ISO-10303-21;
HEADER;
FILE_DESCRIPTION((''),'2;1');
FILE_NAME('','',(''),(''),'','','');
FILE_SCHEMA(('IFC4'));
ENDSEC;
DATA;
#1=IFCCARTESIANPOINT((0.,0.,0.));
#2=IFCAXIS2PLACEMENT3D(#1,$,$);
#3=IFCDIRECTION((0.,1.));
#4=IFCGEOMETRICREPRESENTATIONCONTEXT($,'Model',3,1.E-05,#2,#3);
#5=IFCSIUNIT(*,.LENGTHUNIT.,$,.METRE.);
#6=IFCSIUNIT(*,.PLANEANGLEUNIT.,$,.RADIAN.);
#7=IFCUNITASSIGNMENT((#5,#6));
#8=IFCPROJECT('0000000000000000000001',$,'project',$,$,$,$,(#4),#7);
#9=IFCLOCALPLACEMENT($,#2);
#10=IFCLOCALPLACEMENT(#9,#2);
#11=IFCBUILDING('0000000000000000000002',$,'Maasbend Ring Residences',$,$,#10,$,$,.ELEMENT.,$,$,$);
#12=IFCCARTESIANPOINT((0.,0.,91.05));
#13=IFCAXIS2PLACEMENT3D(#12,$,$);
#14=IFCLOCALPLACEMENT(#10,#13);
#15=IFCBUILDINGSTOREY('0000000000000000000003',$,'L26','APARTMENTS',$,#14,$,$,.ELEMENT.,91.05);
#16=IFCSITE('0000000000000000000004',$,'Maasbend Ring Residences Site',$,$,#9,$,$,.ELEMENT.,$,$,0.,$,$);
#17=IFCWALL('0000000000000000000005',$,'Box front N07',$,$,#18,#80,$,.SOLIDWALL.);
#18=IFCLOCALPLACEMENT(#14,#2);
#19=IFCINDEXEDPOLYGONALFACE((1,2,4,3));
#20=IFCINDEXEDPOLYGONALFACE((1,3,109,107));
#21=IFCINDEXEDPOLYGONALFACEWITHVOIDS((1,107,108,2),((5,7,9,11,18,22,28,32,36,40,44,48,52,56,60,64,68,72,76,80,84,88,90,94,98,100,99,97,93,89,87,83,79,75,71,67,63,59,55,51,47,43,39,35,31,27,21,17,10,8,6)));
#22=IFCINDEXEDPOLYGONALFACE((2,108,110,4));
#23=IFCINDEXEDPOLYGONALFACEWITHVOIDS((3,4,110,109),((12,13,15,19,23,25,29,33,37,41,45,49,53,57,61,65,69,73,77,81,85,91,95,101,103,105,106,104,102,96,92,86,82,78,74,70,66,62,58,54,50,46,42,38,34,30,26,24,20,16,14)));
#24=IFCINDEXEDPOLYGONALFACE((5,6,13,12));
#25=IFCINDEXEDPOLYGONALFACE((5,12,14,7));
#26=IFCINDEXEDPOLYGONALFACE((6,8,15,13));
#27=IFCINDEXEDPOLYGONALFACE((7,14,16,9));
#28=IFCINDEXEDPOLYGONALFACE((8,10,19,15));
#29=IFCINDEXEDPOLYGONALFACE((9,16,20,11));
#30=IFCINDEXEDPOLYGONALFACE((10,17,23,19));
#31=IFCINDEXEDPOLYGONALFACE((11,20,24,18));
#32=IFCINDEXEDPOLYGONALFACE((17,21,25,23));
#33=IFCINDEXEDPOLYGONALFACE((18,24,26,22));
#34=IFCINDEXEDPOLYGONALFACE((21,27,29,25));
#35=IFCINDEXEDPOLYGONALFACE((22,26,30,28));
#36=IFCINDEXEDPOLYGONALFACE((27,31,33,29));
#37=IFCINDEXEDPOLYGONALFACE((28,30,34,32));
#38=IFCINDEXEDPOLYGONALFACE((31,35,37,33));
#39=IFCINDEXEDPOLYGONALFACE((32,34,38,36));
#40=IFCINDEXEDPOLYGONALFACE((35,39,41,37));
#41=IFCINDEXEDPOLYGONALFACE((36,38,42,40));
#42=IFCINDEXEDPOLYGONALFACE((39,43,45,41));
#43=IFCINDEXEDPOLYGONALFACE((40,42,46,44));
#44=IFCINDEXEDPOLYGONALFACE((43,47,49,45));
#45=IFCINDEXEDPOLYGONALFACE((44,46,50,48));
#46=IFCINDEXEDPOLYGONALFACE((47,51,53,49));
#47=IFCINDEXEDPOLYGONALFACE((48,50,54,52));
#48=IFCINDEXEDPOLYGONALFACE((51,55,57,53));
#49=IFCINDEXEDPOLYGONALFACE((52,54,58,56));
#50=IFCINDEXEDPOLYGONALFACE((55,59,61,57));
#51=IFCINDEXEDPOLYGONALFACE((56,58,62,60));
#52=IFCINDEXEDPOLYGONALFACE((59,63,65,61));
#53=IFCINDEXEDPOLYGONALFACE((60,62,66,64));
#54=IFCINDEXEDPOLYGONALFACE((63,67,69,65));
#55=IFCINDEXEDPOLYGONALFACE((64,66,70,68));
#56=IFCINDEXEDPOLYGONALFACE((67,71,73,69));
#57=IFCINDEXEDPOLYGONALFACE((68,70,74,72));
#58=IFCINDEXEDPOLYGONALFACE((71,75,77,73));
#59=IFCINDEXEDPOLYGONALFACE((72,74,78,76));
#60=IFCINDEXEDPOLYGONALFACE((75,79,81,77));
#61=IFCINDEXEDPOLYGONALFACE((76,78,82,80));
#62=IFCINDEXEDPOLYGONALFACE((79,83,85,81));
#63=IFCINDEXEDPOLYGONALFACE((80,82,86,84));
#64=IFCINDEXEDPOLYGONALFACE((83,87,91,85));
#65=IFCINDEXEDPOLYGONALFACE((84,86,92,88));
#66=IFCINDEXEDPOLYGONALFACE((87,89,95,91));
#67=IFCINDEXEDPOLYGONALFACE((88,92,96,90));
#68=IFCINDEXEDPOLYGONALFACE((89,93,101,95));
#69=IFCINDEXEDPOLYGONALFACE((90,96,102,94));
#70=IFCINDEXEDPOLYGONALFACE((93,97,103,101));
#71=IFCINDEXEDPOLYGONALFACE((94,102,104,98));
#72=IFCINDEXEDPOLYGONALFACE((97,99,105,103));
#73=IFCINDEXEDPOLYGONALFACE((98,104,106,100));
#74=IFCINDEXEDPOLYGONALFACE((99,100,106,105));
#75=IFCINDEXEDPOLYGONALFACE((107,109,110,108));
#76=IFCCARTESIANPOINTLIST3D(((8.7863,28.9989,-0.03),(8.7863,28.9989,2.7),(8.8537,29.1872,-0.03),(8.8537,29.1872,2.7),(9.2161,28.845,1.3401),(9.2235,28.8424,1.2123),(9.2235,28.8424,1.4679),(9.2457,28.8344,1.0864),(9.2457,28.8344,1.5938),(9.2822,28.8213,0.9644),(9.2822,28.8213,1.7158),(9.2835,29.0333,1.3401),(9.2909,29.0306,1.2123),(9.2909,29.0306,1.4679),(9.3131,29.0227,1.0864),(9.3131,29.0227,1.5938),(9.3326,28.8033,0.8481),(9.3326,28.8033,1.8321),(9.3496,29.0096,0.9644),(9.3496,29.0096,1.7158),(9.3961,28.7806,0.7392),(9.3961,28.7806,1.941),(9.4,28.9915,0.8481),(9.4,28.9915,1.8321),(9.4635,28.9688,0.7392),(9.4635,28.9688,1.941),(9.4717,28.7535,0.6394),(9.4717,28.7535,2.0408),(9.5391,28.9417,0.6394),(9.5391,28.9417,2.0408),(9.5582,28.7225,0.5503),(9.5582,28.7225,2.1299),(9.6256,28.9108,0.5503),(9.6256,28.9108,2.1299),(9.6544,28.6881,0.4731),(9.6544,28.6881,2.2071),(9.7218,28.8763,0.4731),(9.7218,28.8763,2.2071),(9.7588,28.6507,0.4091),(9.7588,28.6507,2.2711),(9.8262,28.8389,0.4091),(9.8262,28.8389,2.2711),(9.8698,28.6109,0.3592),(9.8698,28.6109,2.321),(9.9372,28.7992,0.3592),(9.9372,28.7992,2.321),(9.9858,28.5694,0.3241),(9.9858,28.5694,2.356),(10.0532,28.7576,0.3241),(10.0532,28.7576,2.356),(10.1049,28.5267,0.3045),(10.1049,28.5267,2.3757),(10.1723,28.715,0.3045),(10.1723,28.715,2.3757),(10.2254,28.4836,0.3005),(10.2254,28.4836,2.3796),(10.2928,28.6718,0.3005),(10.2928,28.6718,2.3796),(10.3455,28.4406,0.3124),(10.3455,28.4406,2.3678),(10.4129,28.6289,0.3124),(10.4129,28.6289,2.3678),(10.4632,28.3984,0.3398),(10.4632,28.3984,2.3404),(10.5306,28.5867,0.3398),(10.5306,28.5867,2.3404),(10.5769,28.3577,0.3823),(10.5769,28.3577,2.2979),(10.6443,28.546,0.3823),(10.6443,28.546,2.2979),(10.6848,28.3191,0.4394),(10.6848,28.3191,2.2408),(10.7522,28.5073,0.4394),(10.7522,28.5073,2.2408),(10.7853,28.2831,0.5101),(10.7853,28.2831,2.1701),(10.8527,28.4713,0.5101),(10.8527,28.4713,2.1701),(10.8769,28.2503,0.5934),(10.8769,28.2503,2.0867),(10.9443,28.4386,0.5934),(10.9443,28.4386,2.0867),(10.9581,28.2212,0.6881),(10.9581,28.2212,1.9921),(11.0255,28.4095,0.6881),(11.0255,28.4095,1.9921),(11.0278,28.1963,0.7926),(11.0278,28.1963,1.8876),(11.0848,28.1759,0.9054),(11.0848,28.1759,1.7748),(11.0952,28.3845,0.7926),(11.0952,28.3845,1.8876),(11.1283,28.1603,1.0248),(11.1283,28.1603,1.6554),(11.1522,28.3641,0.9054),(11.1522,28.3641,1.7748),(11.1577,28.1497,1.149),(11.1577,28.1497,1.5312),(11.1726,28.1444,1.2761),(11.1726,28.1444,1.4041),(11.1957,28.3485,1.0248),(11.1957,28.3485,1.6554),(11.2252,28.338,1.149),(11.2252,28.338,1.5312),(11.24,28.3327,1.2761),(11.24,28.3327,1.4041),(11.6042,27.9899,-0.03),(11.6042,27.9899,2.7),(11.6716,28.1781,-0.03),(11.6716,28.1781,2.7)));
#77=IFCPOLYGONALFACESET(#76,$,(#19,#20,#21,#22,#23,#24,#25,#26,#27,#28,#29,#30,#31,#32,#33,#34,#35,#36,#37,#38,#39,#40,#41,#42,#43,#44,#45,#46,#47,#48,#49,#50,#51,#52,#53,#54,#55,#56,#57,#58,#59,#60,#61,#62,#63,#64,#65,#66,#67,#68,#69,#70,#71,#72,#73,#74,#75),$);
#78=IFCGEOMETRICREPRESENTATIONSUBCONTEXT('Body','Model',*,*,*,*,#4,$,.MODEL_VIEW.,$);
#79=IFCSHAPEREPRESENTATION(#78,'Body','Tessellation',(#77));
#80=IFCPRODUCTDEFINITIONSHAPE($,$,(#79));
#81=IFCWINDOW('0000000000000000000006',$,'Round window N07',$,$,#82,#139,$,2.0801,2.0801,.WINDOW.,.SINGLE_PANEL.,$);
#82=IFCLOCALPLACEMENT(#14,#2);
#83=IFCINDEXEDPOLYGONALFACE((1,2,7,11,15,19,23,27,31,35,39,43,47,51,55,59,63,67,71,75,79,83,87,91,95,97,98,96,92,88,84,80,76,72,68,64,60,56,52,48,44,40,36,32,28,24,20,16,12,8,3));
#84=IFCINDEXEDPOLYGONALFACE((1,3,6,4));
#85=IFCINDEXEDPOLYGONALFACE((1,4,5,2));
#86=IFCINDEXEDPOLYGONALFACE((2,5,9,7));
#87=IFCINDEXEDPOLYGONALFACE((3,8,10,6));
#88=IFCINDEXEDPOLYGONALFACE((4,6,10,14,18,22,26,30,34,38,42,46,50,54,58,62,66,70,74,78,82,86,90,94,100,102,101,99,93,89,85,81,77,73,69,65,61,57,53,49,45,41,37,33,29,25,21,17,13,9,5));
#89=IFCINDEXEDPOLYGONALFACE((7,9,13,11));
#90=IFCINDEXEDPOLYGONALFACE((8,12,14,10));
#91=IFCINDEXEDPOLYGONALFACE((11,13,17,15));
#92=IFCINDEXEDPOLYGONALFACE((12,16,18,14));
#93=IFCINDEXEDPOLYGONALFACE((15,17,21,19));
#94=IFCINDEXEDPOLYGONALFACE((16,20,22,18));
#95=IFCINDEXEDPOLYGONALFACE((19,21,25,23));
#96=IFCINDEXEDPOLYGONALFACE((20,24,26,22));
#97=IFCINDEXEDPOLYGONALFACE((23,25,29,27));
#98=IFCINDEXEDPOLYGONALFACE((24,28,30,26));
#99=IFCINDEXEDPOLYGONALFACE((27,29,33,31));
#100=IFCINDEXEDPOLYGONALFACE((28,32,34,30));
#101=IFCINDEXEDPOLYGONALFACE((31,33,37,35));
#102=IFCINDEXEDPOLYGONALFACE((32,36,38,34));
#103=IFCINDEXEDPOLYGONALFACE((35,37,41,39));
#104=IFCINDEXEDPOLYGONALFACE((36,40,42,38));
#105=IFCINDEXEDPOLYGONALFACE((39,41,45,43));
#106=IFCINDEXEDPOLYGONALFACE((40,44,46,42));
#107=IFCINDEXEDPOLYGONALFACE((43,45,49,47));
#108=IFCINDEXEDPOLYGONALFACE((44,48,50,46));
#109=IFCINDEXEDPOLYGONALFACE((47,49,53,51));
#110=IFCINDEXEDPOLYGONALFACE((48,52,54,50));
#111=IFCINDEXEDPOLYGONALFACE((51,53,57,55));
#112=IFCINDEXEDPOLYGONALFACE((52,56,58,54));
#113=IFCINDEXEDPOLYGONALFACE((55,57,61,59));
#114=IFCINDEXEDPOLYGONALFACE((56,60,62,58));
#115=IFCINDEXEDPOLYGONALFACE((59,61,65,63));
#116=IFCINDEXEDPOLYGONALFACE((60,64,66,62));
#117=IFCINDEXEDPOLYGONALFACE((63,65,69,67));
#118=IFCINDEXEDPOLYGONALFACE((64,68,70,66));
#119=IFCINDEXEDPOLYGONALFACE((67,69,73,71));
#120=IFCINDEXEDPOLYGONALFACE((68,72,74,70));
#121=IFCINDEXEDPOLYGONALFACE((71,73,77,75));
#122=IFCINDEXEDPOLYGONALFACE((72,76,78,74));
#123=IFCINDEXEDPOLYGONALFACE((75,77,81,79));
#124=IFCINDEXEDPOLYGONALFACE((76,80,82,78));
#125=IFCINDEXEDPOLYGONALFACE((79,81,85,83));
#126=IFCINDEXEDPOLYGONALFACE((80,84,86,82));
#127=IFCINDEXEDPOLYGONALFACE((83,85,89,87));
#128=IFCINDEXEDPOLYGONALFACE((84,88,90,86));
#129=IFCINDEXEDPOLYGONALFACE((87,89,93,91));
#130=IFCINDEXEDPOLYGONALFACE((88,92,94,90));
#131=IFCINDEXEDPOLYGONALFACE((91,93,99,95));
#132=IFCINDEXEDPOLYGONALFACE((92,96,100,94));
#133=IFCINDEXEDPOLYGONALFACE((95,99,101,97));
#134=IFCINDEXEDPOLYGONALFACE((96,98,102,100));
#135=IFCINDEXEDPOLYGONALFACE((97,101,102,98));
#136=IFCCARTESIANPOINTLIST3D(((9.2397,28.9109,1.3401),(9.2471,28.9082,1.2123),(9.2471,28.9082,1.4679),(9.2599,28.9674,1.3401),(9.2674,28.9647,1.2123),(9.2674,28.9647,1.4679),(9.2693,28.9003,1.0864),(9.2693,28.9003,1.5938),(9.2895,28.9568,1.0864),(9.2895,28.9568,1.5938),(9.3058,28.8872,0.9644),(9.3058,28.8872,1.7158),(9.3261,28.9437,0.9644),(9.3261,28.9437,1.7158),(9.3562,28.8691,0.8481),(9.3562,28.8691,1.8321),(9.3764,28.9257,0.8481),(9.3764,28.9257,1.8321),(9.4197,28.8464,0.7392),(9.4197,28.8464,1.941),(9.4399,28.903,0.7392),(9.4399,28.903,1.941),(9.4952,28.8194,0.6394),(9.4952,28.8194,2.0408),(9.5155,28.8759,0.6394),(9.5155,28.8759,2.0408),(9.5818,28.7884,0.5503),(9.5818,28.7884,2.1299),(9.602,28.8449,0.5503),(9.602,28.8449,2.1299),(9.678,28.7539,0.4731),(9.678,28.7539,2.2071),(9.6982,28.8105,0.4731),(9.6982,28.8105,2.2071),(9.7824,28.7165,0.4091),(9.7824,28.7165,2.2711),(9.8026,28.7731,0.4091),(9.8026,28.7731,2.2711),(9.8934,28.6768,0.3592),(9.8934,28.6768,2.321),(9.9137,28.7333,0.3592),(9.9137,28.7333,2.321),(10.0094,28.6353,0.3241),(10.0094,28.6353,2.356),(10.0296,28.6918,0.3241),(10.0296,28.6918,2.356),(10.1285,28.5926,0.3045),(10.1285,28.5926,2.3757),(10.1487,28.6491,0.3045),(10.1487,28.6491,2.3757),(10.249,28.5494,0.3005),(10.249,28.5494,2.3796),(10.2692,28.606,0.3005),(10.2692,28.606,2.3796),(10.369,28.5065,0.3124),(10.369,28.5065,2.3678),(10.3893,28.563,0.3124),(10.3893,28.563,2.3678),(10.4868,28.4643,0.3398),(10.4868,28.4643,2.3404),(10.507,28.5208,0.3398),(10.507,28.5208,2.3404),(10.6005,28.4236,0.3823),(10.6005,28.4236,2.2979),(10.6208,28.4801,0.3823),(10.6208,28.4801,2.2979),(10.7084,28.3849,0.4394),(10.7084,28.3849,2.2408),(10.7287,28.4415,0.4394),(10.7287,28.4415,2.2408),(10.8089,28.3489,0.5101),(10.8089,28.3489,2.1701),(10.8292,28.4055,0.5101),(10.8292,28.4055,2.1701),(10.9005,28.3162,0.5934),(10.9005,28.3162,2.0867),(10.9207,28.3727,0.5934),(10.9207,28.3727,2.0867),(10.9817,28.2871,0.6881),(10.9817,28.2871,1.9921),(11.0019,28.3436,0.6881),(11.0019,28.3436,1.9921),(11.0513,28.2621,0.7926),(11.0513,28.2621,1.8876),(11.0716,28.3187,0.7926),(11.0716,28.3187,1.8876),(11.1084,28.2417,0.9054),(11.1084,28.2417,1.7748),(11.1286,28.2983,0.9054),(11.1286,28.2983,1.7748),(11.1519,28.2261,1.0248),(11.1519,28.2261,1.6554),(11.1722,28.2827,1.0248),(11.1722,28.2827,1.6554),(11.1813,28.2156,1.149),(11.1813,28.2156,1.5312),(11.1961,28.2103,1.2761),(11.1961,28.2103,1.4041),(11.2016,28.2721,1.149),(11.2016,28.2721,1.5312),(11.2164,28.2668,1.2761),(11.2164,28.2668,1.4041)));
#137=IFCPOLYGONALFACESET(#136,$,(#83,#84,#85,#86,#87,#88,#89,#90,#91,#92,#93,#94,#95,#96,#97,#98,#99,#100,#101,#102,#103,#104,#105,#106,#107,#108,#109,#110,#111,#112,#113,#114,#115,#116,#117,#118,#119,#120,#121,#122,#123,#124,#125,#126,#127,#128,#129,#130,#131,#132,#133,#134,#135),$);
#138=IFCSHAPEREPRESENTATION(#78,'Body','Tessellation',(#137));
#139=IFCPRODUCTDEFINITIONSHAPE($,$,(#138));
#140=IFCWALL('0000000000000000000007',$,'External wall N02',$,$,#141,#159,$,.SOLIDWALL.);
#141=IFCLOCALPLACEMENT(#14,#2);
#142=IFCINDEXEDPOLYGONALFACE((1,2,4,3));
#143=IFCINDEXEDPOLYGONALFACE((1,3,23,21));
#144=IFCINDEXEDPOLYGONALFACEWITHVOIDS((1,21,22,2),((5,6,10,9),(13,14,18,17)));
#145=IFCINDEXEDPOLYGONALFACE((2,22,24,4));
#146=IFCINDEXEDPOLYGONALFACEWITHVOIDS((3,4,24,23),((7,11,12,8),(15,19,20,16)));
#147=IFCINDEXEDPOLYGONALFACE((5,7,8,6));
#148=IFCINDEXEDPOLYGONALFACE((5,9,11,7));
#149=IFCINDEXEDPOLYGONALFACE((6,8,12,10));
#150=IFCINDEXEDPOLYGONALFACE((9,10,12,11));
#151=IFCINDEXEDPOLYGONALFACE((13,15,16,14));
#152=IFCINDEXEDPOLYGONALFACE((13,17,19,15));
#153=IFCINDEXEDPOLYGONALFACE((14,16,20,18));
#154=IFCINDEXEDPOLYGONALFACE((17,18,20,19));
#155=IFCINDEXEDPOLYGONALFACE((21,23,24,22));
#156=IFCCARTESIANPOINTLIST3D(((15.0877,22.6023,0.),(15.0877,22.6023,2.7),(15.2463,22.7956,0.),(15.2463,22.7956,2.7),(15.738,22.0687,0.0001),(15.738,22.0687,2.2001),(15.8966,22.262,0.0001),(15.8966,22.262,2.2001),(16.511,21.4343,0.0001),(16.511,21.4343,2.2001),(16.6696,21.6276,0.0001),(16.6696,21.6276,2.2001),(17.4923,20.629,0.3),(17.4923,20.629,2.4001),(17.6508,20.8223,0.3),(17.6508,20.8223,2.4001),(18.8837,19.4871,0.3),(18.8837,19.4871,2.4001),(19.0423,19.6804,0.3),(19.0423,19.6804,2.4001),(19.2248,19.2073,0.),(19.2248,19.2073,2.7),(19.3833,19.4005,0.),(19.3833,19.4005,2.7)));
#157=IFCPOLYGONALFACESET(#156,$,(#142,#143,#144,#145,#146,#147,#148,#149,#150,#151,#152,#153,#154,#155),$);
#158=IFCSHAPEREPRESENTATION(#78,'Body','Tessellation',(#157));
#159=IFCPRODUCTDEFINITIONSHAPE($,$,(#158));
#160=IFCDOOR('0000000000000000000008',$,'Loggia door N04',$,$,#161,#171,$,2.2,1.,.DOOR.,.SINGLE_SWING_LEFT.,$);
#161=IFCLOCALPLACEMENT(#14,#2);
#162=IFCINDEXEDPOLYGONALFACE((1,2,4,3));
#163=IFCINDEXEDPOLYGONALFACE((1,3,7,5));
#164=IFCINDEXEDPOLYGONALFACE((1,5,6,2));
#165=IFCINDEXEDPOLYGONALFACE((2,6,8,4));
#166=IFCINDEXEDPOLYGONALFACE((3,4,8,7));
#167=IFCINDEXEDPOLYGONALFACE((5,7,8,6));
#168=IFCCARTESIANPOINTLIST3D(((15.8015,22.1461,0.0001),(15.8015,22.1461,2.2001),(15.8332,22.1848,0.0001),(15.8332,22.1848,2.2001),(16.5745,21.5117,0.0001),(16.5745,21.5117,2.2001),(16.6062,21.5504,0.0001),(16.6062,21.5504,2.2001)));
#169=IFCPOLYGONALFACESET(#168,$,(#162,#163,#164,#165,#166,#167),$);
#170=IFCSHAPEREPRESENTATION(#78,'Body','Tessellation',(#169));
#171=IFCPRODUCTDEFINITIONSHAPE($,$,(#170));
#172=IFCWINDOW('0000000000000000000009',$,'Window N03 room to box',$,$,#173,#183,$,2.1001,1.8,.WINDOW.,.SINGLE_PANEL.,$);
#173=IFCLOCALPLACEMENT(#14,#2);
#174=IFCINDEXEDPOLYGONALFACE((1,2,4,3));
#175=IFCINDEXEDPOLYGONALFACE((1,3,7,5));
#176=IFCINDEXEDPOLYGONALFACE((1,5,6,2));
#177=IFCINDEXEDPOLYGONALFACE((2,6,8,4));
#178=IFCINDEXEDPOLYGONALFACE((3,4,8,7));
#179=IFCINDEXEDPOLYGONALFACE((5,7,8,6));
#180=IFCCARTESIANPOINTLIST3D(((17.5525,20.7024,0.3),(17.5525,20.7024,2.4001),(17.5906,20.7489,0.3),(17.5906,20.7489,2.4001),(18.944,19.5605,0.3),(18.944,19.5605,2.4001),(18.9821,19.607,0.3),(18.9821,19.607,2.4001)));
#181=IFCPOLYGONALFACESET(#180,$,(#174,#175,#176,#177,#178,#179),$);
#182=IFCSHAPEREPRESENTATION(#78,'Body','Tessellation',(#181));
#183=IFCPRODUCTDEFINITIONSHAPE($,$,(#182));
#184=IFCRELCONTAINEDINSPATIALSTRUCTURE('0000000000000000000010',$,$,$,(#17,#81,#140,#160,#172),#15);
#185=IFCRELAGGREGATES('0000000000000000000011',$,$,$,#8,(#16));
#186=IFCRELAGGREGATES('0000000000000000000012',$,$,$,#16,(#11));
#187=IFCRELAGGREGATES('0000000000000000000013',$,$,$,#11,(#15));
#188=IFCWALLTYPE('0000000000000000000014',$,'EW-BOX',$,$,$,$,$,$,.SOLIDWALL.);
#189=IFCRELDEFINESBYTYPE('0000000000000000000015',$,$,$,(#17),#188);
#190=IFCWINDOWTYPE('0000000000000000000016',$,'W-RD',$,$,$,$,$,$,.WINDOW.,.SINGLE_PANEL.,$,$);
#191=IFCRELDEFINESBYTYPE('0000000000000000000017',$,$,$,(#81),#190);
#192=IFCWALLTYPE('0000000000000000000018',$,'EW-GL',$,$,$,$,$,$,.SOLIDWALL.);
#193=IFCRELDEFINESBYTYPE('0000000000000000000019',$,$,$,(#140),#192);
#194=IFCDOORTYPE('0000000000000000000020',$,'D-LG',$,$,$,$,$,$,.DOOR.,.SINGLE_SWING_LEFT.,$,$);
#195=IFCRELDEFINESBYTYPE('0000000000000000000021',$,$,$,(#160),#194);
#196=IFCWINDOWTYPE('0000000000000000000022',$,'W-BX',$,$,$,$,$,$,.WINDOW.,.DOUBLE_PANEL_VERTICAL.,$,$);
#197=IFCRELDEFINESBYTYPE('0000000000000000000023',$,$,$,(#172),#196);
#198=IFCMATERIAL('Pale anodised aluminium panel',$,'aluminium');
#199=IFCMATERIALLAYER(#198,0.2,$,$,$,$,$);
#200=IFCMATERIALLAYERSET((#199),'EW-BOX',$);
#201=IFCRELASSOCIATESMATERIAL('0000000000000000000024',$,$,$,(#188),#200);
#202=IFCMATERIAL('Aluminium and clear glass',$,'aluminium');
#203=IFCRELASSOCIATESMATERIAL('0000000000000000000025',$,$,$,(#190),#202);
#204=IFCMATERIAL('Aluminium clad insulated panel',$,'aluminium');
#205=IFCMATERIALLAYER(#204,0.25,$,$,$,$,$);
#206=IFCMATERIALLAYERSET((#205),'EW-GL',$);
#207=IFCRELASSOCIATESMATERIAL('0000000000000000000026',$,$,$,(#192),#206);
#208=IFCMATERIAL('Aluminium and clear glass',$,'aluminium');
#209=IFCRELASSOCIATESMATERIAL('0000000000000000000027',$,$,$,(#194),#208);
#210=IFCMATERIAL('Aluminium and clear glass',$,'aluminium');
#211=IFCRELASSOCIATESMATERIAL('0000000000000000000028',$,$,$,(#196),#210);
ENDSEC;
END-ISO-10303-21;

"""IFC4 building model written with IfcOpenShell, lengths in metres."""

from ifc_helpers import new_model, si_unit, direction, frame, frame_2d, origin, place, context, subcontext, project, spatial, rectangle, circle, extrude, material, layer, layer_set, type_object, element, fill, save


model = new_model("IFC4")

# Units and contexts
model_context = context("Model", 3, precision=1e-05, world=origin(), true_north=direction((0.0, 1.0)))
body_context = subcontext(model_context, "Body", "Model", "MODEL_VIEW")
ifc_project = project(units=[si_unit("LENGTHUNIT", "METRE"), si_unit("PLANEANGLEUNIT", "RADIAN")], contexts=[model_context])

# Site, building, storey
site_placement = place(None, origin())
site = spatial("IfcSite", under=ifc_project, at=site_placement, Name="Maasbend Ring Residences Site", CompositionType="ELEMENT", RefElevation=0.0)
building_placement = place(site_placement, origin())
building = spatial("IfcBuilding", under=site, at=building_placement, Name="Maasbend Ring Residences", CompositionType="ELEMENT")
storey_placement = place(building_placement, frame((0.0, 0.0, 91.05)))
storey = spatial("IfcBuildingStorey", under=building, at=storey_placement, Name="L26", Description="APARTMENTS", CompositionType="ELEMENT", Elevation=91.05)

# Shared definitions
ifc_material_1 = material(Name="Pale anodised aluminium panel", Category="aluminium")
ifc_layer_1 = layer(ifc_material_1, 0.2)
ifc_layer_set_1 = layer_set([ifc_layer_1], Name="EW-BOX")
wall_type_1 = type_object("IfcWallType", Name="EW-BOX", PredefinedType="SOLIDWALL", material=ifc_layer_set_1)
ifc_material_2 = material(Name="Aluminium and clear glass", Category="aluminium")
window_type_1 = type_object("IfcWindowType", Name="W-RD", PartitioningType="SINGLE_PANEL", PredefinedType="WINDOW", material=ifc_material_2)

# Wall, opening, window
wall_1_placement = place(storey_placement, frame((11.6379, 28.084, -0.03), z_axis=(0.0, 0.0, 1.0), x_axis=(-0.941461, 0.337122, 0.0)))
wall_1 = element("IfcWall", 1, at=wall_1_placement, inside=storey, type_object=wall_type_1, Name="Box front N07", PredefinedType="SOLIDWALL", context=body_context, shape_type="SweptSolid", body=[
    extrude(rectangle(XDim=2.9932, YDim=0.2, at=frame_2d((1.4966, 0.0))), origin(), (0.0, 0.0, 1.0), 2.73),
])
opening_1_placement = place(wall_1_placement, frame((0.4565, 0.0, 0.3301)))
opening_1 = element("IfcOpeningElement", 2, at=opening_1_placement, cuts=wall_1, PredefinedType="OPENING", context=body_context, shape_type="SweptSolid", body=[
    extrude(circle(Radius=1.04, at=frame_2d((1.04, 1.04))), frame((0.0, 0.1099, 0.0), z_axis=(0.0, -1.0, 0.0), x_axis=(1.0, 0.0, 0.0)), (0.0, 0.0, 1.0), 0.22),
])
window_1_placement = place(opening_1_placement, origin())
window_1 = element("IfcWindow", 3, at=window_1_placement, inside=storey, type_object=window_type_1, Name="Round window N07", OverallHeight=2.0801, OverallWidth=2.0801, PartitioningType="SINGLE_PANEL", PredefinedType="WINDOW", context=body_context, shape_type="SweptSolid", body=[
    extrude(circle(Radius=1.04, at=frame_2d((1.04, 1.04))), frame((0.0, 0.03, 0.0), z_axis=(0.0, -1.0, 0.0), x_axis=(1.0, 0.0, 0.0)), (0.0, 0.0, 1.0), 0.0601),
])
fill(opening_1, window_1)

# Wall, openings, door, window
ifc_material_3 = material(Name="Aluminium clad insulated panel", Category="aluminium")
ifc_layer_2 = layer(ifc_material_3, 0.25)
ifc_layer_set_2 = layer_set([ifc_layer_2], Name="EW-GL")
wall_type_2 = type_object("IfcWallType", Name="EW-GL", PredefinedType="SOLIDWALL", material=ifc_layer_set_2)
wall_2_placement = place(storey_placement, frame((19.304, 19.304, 0.0), z_axis=(0.0, 0.0, 1.0), x_axis=(-0.773019, 0.634382, 0.0)))
wall_2 = element("IfcWall", 4, at=wall_2_placement, inside=storey, type_object=wall_type_2, Name="External wall N02", PredefinedType="SOLIDWALL", context=body_context, shape_type="SweptSolid", body=[
    extrude(rectangle(XDim=5.3518, YDim=0.25, at=frame_2d((2.6758, 0.0))), origin(), (0.0, 0.0, 1.0), 2.7),
])
opening_2_placement = place(wall_2_placement, frame((0.4412, 0.0, 0.3)))
opening_2 = element("IfcOpeningElement", 5, at=opening_2_placement, cuts=wall_2, PredefinedType="OPENING", context=body_context, shape_type="SweptSolid", body=[
    extrude(rectangle(XDim=1.8, YDim=2.1001, at=frame_2d((0.8999, 1.05))), frame((0.0, 0.135, 0.0), z_axis=(0.0, -1.0, 0.0), x_axis=(1.0, 0.0, 0.0)), (0.0, 0.0, 1.0), 0.27),
])
opening_3_placement = place(wall_2_placement, frame((3.5105, 0.0, 0.0)))
opening_3 = element("IfcOpeningElement", 6, at=opening_3_placement, cuts=wall_2, PredefinedType="OPENING", context=body_context, shape_type="SweptSolid", body=[
    extrude(rectangle(XDim=1.0, YDim=2.2, at=frame_2d((0.5, 1.1001))), frame((0.0, 0.135, 0.0), z_axis=(0.0, -1.0, 0.0), x_axis=(1.0, 0.0, 0.0)), (0.0, 0.0, 1.0), 0.27),
])
ifc_material_4 = material(Name="Aluminium and clear glass", Category="aluminium")
door_type_1 = type_object("IfcDoorType", Name="D-LG", OperationType="SINGLE_SWING_LEFT", PredefinedType="DOOR", material=ifc_material_4)
door_1_placement = place(opening_3_placement, origin())
door_1 = element("IfcDoor", 7, at=door_1_placement, inside=storey, type_object=door_type_1, Name="Loggia door N04", OperationType="SINGLE_SWING_LEFT", OverallHeight=2.2, OverallWidth=1.0, PredefinedType="DOOR", context=body_context, shape_type="SweptSolid", body=[
    extrude(rectangle(XDim=1.0, YDim=2.2, at=frame_2d((0.5, 1.1001))), frame((0.0, 0.0249, 0.0), z_axis=(0.0, -1.0, 0.0), x_axis=(1.0, 0.0, 0.0)), (0.0, 0.0, 1.0), 0.05),
])
fill(opening_3, door_1)
ifc_material_5 = material(Name="Aluminium and clear glass", Category="aluminium")
window_type_2 = type_object("IfcWindowType", Name="W-BX", PartitioningType="DOUBLE_PANEL_VERTICAL", PredefinedType="WINDOW", material=ifc_material_5)
window_2_placement = place(opening_2_placement, origin())
window_2 = element("IfcWindow", 8, at=window_2_placement, inside=storey, type_object=window_type_2, Name="Window N03 room to box", OverallHeight=2.1001, OverallWidth=1.8, PartitioningType="SINGLE_PANEL", PredefinedType="WINDOW", context=body_context, shape_type="SweptSolid", body=[
    extrude(rectangle(XDim=1.8, YDim=2.1001, at=frame_2d((0.8999, 1.05))), frame((0.0, 0.03, 0.0), z_axis=(0.0, -1.0, 0.0), x_axis=(1.0, 0.0, 0.0)), (0.0, 0.0, 1.0), 0.0601),
])
fill(opening_2, window_2)

save(model, "model.ifc")
